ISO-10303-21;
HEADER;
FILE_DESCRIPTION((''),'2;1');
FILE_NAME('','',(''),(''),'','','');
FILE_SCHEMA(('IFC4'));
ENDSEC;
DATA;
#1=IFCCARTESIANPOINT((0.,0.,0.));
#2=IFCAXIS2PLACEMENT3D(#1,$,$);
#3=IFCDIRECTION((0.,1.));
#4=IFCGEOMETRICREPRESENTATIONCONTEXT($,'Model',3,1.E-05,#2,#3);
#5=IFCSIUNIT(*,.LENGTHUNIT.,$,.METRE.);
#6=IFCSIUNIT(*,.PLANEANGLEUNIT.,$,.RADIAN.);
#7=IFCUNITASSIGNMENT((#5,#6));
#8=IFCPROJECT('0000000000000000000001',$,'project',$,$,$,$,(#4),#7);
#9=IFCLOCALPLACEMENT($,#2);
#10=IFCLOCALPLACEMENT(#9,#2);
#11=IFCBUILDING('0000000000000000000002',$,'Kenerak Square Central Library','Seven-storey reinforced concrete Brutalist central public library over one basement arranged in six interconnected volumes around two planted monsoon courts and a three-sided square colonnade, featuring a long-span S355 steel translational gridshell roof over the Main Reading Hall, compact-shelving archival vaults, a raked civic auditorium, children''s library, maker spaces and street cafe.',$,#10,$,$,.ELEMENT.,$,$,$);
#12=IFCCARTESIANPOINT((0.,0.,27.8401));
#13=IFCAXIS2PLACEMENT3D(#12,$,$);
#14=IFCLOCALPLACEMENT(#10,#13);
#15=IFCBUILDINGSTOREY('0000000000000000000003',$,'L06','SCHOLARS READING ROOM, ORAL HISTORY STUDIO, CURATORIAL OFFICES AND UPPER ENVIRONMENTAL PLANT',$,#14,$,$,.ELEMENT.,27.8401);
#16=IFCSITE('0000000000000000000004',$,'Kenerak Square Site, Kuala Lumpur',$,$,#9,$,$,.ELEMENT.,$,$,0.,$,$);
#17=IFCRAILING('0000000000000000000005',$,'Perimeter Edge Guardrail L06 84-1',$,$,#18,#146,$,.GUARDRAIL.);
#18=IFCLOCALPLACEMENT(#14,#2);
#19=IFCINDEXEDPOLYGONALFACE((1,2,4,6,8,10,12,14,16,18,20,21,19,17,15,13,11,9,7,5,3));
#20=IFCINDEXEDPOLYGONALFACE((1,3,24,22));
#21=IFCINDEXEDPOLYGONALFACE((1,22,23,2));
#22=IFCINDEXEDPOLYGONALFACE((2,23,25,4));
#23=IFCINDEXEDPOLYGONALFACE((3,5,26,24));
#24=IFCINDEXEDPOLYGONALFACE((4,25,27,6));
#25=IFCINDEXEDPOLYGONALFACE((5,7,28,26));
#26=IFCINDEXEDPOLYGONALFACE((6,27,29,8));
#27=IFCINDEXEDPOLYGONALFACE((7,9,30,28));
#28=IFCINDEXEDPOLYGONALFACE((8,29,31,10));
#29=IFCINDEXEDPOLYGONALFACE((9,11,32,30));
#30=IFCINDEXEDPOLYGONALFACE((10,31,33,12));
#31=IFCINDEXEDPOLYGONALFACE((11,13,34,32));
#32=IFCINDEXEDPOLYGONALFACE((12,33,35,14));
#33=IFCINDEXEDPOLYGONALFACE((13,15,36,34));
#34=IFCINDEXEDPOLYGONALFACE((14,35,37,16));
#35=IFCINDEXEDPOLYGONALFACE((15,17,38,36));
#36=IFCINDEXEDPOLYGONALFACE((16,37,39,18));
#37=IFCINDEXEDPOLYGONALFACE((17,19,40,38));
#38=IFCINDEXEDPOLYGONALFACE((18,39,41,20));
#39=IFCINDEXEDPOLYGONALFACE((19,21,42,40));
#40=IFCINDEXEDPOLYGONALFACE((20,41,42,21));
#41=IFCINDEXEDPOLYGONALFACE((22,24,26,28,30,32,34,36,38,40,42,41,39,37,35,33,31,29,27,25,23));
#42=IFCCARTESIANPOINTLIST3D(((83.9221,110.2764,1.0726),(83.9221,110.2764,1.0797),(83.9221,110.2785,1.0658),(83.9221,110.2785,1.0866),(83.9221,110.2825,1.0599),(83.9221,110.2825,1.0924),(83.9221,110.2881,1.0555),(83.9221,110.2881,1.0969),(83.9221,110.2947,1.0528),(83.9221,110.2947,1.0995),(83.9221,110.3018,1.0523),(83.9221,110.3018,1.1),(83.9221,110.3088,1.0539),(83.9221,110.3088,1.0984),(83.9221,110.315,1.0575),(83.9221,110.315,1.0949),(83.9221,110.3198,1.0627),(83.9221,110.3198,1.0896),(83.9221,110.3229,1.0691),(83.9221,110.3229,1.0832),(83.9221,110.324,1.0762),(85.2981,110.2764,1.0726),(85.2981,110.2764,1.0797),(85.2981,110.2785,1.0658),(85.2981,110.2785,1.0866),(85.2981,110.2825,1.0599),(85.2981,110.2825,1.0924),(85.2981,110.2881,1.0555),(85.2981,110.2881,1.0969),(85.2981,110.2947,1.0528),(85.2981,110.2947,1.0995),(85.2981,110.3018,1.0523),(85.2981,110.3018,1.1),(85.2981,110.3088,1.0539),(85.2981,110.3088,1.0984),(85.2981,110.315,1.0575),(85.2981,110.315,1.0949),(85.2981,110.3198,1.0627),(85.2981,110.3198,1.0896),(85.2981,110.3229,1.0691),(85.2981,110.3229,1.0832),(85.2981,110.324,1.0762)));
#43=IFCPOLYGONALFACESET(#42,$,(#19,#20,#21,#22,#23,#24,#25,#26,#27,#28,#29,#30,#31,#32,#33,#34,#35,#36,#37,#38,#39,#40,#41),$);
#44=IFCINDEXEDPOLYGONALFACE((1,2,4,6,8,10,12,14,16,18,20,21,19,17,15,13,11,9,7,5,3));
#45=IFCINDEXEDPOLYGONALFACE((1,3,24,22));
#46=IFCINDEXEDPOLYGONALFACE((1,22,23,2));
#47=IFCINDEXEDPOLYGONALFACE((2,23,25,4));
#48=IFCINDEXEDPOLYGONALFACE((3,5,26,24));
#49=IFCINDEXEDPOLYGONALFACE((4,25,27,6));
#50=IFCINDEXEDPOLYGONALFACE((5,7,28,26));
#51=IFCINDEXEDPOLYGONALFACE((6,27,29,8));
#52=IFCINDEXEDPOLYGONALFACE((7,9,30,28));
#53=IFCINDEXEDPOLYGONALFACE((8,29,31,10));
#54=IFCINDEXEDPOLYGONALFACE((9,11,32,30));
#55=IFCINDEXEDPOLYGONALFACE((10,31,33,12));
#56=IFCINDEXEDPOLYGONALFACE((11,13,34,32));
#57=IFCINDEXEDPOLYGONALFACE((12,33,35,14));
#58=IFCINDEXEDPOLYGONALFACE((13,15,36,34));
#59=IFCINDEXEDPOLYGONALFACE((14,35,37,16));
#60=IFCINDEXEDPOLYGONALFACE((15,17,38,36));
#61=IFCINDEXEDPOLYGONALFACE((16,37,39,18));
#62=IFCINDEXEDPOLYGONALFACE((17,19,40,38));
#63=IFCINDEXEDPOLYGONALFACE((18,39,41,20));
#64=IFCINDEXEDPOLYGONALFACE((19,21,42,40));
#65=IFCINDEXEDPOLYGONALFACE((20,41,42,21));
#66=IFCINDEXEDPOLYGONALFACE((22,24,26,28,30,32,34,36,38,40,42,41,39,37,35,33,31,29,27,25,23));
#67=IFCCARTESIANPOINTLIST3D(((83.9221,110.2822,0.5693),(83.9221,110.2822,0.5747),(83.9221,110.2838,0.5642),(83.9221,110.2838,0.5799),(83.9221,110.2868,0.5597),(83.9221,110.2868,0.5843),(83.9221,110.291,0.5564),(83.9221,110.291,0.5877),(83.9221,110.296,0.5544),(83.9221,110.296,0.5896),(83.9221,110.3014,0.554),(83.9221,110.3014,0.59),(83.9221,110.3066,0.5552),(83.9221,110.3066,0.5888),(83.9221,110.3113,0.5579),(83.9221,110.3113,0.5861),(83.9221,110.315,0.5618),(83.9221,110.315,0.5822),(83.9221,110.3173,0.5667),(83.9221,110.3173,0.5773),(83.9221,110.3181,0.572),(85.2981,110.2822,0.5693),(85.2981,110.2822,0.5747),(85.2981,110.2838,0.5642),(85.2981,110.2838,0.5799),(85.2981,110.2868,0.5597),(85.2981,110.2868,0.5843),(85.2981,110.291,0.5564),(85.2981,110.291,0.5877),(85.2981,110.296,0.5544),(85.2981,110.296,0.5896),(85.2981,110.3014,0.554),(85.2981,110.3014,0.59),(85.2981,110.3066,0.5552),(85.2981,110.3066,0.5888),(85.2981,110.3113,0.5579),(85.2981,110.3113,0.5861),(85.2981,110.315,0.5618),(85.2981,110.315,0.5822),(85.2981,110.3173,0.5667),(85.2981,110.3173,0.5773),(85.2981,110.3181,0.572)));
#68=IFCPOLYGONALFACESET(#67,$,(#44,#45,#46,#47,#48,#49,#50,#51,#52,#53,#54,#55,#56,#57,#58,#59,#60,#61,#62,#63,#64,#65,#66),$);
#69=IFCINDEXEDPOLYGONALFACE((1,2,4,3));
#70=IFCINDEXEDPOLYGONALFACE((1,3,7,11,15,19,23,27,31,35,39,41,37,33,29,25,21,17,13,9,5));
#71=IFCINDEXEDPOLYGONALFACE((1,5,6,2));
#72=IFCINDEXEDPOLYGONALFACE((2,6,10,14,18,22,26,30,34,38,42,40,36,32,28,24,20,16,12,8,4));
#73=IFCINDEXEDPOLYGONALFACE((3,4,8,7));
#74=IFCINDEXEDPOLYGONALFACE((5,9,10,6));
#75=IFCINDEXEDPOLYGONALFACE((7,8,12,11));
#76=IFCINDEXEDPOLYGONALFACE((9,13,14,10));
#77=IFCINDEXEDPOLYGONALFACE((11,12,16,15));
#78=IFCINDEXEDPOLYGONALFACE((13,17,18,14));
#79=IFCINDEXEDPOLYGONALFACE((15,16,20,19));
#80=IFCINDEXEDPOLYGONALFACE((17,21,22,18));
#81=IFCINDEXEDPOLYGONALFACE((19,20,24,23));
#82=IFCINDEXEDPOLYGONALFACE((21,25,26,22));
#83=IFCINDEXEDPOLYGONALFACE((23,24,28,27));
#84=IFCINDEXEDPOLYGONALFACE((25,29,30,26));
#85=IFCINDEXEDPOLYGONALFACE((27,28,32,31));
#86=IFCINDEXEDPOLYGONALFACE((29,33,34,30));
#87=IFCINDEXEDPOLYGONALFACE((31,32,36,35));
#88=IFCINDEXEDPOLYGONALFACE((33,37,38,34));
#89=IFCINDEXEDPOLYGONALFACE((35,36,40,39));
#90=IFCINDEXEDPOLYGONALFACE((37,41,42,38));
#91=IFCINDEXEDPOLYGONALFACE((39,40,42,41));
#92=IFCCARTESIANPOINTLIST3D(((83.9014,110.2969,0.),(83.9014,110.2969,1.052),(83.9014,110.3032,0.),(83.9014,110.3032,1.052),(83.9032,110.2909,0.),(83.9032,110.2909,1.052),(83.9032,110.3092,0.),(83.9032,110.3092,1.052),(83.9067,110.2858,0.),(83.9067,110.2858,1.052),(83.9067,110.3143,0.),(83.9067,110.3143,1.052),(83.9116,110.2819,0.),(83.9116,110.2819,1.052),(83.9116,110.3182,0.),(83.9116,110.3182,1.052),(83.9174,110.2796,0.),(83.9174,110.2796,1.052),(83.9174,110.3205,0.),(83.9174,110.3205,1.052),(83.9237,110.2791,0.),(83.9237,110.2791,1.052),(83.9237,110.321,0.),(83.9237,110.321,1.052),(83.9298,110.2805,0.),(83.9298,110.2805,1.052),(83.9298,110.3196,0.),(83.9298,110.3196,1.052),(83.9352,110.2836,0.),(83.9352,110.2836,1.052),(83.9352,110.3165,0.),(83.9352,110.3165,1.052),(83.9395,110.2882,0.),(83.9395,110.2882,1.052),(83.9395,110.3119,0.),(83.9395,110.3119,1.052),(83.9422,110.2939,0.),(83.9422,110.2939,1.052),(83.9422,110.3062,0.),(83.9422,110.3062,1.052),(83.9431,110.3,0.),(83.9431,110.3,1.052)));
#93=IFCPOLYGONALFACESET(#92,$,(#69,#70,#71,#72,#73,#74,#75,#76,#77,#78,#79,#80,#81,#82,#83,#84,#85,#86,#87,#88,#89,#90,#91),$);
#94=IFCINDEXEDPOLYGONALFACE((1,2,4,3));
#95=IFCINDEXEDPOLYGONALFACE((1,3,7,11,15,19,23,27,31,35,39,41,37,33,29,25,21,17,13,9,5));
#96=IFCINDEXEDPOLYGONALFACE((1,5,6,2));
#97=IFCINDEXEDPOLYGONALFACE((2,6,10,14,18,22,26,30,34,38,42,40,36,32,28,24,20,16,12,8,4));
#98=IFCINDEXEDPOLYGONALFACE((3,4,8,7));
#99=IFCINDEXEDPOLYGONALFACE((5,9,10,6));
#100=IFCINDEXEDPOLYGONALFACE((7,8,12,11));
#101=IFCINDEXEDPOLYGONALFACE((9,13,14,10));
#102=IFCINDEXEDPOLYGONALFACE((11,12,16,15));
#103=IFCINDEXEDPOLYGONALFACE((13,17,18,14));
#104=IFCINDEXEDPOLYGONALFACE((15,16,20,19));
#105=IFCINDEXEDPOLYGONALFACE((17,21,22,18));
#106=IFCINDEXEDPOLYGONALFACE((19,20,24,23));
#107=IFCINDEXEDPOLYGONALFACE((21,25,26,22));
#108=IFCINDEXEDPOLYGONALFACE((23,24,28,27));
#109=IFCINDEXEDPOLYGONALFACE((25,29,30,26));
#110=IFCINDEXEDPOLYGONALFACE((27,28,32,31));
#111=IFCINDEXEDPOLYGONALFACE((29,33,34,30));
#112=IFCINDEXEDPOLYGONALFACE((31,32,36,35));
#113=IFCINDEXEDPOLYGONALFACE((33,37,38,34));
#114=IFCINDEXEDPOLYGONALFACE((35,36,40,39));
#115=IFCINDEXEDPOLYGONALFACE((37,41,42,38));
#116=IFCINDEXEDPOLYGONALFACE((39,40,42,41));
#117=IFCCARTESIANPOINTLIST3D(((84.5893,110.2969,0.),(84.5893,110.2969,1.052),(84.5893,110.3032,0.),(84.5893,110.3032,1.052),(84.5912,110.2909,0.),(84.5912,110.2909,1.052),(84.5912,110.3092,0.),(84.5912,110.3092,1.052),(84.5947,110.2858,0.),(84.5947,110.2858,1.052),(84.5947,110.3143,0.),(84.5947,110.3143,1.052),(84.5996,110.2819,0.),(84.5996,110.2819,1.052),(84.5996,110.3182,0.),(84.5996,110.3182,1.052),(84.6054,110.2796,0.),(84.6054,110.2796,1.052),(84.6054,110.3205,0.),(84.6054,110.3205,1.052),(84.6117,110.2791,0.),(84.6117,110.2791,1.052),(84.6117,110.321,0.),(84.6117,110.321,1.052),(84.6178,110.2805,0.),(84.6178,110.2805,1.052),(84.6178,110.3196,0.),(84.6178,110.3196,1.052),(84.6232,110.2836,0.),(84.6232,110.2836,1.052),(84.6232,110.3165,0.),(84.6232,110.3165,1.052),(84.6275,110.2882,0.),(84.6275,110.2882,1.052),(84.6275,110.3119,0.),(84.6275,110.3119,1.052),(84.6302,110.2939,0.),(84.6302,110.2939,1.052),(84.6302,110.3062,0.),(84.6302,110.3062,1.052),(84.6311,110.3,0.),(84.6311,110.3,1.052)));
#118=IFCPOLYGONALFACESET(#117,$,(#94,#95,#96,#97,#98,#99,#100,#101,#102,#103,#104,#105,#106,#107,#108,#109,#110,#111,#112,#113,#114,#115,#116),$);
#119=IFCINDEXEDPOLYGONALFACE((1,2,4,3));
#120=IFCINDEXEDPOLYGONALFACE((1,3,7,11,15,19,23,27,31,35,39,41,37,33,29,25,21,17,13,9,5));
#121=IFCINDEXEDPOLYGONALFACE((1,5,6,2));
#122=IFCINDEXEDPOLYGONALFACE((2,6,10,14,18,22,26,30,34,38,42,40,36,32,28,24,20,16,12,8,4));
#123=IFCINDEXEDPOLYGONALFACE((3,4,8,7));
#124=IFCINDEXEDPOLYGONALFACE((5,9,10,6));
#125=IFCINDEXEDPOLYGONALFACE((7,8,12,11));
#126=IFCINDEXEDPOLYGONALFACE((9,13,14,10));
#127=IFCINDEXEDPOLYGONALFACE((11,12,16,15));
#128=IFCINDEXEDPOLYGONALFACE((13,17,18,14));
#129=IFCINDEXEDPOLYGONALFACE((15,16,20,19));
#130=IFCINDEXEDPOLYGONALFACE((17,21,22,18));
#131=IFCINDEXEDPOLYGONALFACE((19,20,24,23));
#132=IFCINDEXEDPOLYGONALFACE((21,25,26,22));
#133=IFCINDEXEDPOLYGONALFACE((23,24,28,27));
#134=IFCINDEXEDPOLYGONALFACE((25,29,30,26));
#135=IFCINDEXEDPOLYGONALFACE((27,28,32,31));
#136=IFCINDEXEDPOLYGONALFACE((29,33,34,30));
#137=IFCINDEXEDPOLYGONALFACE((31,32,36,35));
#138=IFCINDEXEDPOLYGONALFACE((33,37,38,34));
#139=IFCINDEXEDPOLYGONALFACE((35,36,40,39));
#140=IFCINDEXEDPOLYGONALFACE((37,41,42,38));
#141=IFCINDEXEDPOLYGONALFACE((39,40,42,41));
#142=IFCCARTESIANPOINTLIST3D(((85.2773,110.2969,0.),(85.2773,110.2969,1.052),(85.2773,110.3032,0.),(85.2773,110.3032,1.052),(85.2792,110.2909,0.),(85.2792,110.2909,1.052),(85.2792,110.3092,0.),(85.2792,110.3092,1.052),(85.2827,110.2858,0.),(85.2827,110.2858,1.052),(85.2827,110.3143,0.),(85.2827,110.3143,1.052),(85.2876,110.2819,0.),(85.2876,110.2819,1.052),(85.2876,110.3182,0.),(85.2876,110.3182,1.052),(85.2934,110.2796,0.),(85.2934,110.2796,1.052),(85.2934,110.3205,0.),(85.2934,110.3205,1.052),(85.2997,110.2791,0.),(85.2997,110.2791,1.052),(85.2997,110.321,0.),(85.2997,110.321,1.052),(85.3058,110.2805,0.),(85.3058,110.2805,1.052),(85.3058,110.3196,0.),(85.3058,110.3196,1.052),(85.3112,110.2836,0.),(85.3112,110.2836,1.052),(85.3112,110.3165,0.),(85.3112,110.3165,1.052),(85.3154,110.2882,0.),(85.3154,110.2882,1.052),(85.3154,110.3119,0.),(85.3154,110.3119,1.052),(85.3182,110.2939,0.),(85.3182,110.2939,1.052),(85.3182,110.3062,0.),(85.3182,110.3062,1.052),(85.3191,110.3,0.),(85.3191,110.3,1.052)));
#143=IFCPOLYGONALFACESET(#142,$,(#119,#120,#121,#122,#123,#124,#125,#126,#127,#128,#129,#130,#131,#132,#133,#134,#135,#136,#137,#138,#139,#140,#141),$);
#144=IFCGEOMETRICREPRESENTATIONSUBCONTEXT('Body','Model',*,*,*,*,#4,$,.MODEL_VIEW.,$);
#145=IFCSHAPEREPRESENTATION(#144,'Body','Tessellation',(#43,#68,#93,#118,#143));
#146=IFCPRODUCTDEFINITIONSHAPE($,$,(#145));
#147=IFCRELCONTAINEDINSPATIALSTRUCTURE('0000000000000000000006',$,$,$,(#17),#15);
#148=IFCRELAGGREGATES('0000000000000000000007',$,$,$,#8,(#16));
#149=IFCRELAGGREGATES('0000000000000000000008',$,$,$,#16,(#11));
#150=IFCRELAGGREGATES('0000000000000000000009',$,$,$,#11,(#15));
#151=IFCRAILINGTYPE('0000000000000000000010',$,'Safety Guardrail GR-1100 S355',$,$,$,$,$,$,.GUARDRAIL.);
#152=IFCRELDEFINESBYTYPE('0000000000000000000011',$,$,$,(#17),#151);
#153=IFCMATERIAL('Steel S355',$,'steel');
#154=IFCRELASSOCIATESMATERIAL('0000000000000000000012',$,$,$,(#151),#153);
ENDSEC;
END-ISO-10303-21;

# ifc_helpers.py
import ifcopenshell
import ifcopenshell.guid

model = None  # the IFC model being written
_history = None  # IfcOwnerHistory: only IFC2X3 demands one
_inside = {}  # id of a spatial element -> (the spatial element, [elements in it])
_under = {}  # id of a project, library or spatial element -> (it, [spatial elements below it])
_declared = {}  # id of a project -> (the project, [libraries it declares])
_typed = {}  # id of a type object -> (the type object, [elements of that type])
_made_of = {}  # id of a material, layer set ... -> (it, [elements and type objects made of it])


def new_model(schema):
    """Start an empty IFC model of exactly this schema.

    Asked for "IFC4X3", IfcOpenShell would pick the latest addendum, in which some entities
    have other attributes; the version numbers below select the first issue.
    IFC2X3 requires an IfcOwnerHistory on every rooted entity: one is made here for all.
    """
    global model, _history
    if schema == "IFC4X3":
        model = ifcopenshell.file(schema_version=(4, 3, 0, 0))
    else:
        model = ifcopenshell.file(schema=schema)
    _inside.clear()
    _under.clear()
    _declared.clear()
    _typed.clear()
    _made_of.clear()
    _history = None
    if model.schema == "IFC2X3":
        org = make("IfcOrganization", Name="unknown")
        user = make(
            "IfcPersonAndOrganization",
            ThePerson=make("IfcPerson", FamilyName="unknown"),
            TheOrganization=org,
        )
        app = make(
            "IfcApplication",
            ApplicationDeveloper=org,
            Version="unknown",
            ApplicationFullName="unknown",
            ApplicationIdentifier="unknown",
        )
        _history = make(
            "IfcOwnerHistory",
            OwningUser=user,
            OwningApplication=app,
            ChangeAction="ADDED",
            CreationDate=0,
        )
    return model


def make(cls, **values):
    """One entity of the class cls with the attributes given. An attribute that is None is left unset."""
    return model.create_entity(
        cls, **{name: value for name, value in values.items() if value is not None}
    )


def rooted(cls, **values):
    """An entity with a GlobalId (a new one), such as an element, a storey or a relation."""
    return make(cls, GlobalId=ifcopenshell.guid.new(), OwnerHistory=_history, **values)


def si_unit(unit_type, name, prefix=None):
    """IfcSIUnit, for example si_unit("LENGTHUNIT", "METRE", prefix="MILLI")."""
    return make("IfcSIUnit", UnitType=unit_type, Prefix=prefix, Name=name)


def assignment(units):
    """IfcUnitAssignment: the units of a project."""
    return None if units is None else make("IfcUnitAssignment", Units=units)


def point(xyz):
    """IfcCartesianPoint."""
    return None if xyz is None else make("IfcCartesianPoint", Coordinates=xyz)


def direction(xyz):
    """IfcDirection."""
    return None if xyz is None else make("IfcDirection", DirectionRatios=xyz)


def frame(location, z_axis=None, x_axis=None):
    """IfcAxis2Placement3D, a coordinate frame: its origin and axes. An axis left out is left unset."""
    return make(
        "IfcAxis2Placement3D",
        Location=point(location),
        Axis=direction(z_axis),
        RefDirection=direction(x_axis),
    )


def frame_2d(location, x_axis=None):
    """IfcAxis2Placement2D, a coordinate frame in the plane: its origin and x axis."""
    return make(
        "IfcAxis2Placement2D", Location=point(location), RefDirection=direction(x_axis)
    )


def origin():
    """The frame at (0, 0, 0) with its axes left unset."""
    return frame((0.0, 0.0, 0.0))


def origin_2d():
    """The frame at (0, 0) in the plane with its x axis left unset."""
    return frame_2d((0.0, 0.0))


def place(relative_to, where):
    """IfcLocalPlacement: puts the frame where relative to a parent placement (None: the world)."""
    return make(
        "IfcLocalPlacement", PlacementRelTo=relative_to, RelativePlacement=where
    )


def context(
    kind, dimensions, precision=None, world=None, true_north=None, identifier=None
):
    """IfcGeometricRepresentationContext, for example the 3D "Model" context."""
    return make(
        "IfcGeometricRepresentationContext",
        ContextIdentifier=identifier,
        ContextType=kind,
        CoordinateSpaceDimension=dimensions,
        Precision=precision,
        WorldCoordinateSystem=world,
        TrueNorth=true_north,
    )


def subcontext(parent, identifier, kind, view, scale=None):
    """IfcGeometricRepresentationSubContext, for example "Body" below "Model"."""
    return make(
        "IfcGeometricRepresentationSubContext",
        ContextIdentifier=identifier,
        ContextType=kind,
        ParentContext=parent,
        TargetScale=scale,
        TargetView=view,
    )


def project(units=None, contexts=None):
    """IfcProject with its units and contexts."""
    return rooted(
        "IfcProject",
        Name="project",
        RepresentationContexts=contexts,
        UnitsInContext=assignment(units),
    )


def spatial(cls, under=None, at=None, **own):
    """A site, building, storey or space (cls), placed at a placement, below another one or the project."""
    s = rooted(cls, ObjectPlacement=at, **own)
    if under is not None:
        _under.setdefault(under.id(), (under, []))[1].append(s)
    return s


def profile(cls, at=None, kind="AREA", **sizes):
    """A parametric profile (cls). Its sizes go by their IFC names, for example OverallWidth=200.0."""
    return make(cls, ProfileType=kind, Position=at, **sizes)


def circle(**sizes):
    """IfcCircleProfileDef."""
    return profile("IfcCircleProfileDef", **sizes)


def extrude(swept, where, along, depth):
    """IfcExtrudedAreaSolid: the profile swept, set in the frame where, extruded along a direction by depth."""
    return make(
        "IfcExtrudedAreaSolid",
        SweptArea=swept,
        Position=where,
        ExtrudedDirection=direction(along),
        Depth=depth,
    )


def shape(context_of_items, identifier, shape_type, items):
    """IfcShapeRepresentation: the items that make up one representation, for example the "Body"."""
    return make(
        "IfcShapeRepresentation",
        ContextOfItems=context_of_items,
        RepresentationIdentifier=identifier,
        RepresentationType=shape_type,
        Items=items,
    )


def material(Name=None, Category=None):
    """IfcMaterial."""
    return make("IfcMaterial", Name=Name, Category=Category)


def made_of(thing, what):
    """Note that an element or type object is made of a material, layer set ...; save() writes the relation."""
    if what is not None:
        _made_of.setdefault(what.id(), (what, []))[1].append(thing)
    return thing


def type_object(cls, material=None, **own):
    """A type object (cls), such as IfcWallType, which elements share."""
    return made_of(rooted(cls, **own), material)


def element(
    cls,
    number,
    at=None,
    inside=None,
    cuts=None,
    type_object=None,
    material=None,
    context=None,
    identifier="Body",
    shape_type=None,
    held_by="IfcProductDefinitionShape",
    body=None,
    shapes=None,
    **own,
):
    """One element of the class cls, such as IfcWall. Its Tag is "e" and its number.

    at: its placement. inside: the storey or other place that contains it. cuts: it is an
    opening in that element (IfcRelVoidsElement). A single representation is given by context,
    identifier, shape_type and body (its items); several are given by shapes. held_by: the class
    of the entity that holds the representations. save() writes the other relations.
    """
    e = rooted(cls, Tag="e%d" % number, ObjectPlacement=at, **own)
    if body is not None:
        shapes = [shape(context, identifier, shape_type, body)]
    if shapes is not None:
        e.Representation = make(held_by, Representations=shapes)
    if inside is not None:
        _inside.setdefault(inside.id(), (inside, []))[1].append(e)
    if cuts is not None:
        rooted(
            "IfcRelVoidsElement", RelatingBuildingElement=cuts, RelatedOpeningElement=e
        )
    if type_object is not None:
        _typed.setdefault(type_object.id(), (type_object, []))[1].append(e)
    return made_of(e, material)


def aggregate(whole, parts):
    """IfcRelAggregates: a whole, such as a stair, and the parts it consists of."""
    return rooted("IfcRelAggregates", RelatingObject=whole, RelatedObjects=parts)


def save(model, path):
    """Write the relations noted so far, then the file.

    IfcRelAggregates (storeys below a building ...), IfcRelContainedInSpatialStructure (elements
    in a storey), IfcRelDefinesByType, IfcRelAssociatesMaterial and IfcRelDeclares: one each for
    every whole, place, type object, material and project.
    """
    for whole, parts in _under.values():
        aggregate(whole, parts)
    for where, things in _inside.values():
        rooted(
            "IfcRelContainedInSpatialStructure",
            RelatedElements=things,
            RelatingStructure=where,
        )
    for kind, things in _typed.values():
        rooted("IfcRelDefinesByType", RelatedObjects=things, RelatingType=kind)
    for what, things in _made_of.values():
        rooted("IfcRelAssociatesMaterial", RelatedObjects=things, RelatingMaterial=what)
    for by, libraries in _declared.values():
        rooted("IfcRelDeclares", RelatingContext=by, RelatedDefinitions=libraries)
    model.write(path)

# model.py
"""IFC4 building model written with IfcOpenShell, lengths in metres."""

from ifc_helpers import new_model, si_unit, direction, frame, origin, origin_2d, place, context, subcontext, project, spatial, circle, extrude, material, type_object, element, save


model = new_model("IFC4")

# Units and contexts
model_context = context("Model", 3, precision=1e-05, world=origin(), true_north=direction((0.0, 1.0)))
body_context = subcontext(model_context, "Body", "Model", "MODEL_VIEW")
ifc_project = project(units=[si_unit("LENGTHUNIT", "METRE"), si_unit("PLANEANGLEUNIT", "RADIAN")], contexts=[model_context])

# Site, building, storey
site_placement = place(None, origin())
site = spatial("IfcSite", under=ifc_project, at=site_placement, Name="Kenerak Square Site, Kuala Lumpur", CompositionType="ELEMENT", RefElevation=0.0)
building_placement = place(site_placement, origin())
building = spatial("IfcBuilding", under=site, at=building_placement, Name="Kenerak Square Central Library", Description="Seven-storey reinforced concrete Brutalist central public library over one basement arranged in six interconnected volumes around two planted monsoon courts and a three-sided square colonnade, featuring a long-span S355 steel translational gridshell roof over the Main Reading Hall, compact-shelving archival vaults, a raked civic auditorium, children's library, maker spaces and street cafe.", CompositionType="ELEMENT")
storey_placement = place(building_placement, frame((0.0, 0.0, 27.8401)))
storey = spatial("IfcBuildingStorey", under=building, at=storey_placement, Name="L06", Description="SCHOLARS READING ROOM, ORAL HISTORY STUDIO, CURATORIAL OFFICES AND UPPER ENVIRONMENTAL PLANT", CompositionType="ELEMENT", Elevation=27.8401)

# Shared definitions
ifc_material_1 = material(Name="Steel S355", Category="steel")

# Railing
railing_type = type_object("IfcRailingType", Name="Safety Guardrail GR-1100 S355", PredefinedType="GUARDRAIL", material=ifc_material_1)
for number, where, name in (
    (1, (83.9221, 110.3, 0.0), "Perimeter Edge Guardrail L06 84-1"),
):
    element("IfcRailing", number, at=place(storey_placement, frame(where)), inside=storey, type_object=railing_type, Name=name, PredefinedType="GUARDRAIL", context=body_context, shape_type="SweptSolid", body=[
        extrude(circle(Radius=0.0239, at=origin_2d()), frame((0.0, 0.0, 1.0762), z_axis=(1.0, 0.0, 0.0), x_axis=(0.0, 1.0, 0.0)), (0.0, 0.0, 1.0), 1.376),
        extrude(circle(Radius=0.0181, at=origin_2d()), frame((0.0, 0.0, 0.572), z_axis=(1.0, 0.0, 0.0), x_axis=(0.0, 1.0, 0.0)), (0.0, 0.0, 1.0), 1.376),
        extrude(circle(Radius=0.021, at=origin_2d()), origin(), (0.0, 0.0, 1.0), 1.052),
        extrude(circle(Radius=0.021, at=origin_2d()), frame((0.688, 0.0, 0.0)), (0.0, 0.0, 1.0), 1.052),
        extrude(circle(Radius=0.021, at=origin_2d()), frame((1.376, 0.0, 0.0)), (0.0, 0.0, 1.0), 1.052),
    ])

save(model, "model.ifc")
